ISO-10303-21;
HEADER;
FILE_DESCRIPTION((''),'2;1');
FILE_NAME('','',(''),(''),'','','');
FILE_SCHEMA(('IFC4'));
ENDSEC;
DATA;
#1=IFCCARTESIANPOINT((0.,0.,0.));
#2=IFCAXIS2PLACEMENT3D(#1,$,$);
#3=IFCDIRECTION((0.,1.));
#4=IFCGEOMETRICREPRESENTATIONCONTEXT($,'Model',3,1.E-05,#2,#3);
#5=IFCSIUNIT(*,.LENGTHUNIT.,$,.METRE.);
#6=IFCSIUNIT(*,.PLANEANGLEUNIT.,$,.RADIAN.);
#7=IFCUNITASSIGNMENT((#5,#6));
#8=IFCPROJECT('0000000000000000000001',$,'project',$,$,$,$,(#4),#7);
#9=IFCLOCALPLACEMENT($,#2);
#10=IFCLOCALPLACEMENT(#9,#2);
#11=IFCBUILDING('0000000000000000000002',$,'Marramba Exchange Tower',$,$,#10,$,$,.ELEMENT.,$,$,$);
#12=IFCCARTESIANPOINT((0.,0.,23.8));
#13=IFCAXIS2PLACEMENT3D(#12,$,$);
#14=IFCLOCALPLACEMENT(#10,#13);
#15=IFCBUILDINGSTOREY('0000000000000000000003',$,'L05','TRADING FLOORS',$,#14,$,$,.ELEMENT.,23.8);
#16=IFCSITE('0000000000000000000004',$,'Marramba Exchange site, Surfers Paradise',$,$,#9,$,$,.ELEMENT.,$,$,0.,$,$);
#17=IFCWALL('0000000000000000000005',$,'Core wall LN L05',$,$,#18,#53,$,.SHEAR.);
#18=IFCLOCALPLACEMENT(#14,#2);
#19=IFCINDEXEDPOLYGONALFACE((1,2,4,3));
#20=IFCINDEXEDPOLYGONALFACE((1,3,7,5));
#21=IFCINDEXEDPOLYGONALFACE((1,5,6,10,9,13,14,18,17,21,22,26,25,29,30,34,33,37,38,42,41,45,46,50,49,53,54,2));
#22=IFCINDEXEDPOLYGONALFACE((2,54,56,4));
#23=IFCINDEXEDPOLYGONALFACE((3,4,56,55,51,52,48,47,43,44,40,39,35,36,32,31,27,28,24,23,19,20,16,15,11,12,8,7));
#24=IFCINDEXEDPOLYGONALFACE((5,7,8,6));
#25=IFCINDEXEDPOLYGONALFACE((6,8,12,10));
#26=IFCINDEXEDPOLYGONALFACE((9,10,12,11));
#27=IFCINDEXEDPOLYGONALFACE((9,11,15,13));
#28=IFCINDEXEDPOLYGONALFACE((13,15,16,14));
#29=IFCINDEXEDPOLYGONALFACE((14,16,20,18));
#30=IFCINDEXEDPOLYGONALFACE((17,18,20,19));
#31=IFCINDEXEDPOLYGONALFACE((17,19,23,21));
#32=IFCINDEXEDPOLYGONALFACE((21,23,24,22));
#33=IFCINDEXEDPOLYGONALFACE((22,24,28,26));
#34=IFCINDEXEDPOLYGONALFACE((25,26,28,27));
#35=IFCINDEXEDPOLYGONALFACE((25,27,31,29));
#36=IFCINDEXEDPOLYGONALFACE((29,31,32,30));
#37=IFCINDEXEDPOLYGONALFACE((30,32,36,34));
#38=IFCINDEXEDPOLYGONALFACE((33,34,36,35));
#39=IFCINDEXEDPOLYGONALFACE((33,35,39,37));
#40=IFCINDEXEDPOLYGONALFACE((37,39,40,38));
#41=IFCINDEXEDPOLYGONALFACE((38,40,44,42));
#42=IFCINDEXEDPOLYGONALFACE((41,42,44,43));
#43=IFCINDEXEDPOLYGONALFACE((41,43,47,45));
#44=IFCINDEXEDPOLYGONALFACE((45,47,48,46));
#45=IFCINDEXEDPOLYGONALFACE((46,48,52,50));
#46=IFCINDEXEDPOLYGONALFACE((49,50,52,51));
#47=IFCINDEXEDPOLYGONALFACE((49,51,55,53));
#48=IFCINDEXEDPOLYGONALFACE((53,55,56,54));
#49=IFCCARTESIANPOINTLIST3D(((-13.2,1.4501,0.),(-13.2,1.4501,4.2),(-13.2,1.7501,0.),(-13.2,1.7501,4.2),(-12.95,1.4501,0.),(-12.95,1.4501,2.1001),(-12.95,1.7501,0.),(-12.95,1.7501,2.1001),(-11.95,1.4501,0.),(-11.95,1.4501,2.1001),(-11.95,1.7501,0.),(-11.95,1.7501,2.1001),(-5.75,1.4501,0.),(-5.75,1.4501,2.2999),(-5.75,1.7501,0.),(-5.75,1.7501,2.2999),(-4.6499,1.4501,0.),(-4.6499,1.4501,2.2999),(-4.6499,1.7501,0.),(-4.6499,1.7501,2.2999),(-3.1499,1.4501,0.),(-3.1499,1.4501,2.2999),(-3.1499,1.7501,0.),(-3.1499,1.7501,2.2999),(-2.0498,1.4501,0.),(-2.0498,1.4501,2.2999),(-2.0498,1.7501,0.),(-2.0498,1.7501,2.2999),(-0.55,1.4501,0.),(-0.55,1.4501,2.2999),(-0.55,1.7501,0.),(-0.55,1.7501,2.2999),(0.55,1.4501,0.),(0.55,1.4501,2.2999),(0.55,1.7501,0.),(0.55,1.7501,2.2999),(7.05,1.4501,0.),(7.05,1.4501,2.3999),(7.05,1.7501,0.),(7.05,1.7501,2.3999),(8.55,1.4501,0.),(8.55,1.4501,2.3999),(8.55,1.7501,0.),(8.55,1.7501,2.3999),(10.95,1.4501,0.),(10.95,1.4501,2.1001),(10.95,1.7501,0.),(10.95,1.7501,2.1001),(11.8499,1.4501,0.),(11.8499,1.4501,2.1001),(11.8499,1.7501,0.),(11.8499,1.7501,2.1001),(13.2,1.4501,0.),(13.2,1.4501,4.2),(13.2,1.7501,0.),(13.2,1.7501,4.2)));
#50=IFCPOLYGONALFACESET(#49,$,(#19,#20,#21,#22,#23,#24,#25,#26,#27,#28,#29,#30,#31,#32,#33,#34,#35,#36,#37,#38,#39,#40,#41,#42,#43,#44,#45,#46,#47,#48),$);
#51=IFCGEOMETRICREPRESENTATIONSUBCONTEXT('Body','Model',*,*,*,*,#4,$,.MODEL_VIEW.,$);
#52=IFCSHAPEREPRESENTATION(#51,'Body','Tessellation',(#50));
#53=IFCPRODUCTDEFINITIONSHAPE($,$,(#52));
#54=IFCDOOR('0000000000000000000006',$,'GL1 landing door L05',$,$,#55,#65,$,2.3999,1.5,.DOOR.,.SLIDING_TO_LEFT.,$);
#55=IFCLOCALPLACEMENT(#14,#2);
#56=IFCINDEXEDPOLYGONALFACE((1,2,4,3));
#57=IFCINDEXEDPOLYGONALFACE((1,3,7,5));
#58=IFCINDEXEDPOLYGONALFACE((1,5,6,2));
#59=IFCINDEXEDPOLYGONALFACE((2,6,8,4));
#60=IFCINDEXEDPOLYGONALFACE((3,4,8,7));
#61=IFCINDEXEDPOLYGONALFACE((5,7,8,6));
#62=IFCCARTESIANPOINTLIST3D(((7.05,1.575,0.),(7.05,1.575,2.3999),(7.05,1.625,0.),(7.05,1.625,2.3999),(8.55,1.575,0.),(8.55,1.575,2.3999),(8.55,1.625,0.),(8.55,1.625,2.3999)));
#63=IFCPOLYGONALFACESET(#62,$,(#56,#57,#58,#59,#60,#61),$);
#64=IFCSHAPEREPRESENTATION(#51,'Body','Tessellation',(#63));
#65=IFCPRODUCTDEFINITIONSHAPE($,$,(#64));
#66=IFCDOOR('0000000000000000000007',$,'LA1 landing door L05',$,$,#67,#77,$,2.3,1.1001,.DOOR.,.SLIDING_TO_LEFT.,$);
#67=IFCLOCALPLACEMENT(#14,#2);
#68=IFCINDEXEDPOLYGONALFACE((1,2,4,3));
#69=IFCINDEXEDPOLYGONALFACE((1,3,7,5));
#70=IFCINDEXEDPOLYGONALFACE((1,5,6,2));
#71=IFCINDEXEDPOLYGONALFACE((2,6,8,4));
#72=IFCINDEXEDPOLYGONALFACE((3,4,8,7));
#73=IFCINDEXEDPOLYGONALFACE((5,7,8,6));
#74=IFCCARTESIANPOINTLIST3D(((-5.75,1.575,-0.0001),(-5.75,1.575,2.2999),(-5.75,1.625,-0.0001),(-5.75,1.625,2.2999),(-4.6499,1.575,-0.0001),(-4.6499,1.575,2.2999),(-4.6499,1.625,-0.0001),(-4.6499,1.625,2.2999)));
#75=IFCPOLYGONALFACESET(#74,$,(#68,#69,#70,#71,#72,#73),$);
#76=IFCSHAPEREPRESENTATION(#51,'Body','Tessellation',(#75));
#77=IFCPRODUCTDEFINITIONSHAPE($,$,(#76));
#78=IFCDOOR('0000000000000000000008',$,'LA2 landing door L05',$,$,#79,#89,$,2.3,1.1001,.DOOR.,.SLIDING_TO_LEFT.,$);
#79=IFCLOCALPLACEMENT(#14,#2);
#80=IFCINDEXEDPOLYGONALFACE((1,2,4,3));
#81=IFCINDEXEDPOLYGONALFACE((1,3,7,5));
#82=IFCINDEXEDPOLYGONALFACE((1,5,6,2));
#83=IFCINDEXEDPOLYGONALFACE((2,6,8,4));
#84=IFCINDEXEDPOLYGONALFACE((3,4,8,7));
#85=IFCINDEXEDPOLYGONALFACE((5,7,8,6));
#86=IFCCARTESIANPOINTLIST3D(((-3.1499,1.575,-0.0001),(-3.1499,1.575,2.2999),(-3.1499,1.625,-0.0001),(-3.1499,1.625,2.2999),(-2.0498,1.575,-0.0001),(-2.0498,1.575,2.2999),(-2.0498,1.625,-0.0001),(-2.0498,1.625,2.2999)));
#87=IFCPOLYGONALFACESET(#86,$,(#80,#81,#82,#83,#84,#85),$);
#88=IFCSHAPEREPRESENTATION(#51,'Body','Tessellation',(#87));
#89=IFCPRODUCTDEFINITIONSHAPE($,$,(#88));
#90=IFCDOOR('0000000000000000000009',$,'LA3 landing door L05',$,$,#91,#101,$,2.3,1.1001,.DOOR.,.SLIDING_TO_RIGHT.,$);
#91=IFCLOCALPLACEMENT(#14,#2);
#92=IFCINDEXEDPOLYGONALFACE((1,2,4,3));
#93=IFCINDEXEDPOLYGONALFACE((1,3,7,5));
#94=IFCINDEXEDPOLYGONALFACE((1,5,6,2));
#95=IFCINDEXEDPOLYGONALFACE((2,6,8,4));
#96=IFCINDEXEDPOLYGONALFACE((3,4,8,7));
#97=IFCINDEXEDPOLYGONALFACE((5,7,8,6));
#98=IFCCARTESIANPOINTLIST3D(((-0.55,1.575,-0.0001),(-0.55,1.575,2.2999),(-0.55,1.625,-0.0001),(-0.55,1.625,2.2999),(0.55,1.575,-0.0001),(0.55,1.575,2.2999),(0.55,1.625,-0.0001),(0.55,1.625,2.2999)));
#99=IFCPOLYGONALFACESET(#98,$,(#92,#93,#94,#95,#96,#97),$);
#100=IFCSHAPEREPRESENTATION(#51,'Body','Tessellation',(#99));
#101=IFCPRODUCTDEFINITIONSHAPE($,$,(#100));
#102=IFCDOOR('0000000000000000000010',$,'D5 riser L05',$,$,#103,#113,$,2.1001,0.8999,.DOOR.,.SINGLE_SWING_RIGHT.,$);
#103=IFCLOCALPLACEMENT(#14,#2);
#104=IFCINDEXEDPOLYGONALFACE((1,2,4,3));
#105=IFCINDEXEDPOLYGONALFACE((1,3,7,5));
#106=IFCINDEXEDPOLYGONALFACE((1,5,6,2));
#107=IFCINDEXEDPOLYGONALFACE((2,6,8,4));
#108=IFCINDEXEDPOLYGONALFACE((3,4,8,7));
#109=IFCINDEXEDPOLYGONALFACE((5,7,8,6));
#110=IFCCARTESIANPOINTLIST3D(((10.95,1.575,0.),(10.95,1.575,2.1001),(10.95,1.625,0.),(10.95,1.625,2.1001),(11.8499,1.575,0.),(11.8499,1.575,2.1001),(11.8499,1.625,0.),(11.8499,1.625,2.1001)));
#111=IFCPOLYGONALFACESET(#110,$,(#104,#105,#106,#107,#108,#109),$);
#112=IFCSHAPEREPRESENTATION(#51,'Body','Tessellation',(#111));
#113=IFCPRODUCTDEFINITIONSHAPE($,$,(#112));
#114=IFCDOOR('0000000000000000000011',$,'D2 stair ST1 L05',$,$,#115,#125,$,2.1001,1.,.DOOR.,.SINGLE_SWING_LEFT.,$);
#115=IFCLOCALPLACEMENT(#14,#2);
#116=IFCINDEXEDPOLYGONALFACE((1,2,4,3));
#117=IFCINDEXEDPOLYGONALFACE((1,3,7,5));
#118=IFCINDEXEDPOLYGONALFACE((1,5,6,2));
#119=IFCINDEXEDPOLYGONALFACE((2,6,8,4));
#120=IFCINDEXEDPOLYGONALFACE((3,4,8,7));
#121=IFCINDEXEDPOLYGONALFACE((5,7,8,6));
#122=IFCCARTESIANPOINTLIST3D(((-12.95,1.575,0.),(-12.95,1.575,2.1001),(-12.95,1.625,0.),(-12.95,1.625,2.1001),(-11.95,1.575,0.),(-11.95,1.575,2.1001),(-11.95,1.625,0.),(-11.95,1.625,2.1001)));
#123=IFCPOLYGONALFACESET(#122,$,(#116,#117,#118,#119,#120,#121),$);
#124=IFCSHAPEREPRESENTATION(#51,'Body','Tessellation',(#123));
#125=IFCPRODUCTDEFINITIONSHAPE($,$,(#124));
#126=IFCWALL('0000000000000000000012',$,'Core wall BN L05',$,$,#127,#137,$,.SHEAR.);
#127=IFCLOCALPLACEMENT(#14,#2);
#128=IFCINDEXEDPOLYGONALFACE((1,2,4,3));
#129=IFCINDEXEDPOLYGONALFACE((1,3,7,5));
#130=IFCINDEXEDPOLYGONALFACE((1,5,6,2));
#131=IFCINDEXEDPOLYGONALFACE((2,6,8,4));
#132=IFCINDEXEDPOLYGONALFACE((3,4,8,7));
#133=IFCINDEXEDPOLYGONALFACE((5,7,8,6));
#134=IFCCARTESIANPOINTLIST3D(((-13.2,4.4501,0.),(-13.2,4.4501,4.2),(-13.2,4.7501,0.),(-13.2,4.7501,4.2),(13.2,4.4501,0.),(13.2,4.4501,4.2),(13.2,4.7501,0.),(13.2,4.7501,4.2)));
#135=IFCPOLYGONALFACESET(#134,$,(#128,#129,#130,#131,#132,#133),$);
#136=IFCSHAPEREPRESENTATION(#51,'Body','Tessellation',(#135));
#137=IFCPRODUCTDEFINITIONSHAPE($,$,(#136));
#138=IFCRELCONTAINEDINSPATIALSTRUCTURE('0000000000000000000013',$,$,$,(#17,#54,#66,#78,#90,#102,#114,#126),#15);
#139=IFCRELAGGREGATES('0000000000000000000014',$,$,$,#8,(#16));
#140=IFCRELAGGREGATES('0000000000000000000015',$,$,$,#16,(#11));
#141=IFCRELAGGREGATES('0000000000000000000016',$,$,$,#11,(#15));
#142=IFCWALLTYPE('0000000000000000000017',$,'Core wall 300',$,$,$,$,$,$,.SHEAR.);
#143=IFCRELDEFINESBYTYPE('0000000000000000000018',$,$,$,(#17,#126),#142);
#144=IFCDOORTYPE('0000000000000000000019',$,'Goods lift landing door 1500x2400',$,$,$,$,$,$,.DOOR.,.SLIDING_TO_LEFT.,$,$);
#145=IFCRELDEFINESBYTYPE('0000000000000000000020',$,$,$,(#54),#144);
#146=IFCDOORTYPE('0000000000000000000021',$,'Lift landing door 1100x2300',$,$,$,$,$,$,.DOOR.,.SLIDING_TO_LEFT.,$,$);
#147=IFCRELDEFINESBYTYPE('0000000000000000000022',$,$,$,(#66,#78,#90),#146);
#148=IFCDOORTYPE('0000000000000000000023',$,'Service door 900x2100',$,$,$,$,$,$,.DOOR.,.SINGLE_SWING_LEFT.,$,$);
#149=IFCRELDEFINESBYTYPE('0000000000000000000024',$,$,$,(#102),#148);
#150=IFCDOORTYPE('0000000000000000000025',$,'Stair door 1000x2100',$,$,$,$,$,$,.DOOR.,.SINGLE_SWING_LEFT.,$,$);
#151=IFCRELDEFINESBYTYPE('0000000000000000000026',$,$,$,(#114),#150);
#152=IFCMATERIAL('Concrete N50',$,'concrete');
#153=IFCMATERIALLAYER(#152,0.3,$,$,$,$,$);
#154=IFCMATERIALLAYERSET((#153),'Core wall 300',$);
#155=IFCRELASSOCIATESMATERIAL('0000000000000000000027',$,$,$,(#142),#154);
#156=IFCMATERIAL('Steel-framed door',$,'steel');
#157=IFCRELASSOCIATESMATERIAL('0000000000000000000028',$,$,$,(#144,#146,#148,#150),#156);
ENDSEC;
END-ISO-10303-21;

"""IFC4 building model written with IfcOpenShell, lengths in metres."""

from ifc_helpers import new_model, si_unit, direction, frame, frame_2d, origin, place, context, subcontext, project, spatial, rectangle, extrude, material, layer, layer_set, type_object, element, fill, save


model = new_model("IFC4")

# Units and contexts
model_context = context("Model", 3, precision=1e-05, world=origin(), true_north=direction((0.0, 1.0)))
body_context = subcontext(model_context, "Body", "Model", "MODEL_VIEW")
ifc_project = project(units=[si_unit("LENGTHUNIT", "METRE"), si_unit("PLANEANGLEUNIT", "RADIAN")], contexts=[model_context])

# Site, building, storey
site_placement = place(None, origin())
site = spatial("IfcSite", under=ifc_project, at=site_placement, Name="Marramba Exchange site, Surfers Paradise", CompositionType="ELEMENT", RefElevation=0.0)
building_placement = place(site_placement, origin())
building = spatial("IfcBuilding", under=site, at=building_placement, Name="Marramba Exchange Tower", CompositionType="ELEMENT")
storey_placement = place(building_placement, frame((0.0, 0.0, 23.8)))
storey = spatial("IfcBuildingStorey", under=building, at=storey_placement, Name="L05", Description="TRADING FLOORS", CompositionType="ELEMENT", Elevation=23.8)

# Shared definitions
ifc_material_1 = material(Name="Concrete N50", Category="concrete")

# Shared definitions
ifc_material_2 = material(Name="Steel-framed door", Category="steel")

# Wall, openings, doors
ifc_layer_1 = layer(ifc_material_1, 0.3)
ifc_layer_set_1 = layer_set([ifc_layer_1], Name="Core wall 300")
wall_type_1 = type_object("IfcWallType", Name="Core wall 300", PredefinedType="SHEAR", material=ifc_layer_set_1)
wall_1_placement = place(storey_placement, frame((-13.2, 1.6001, 0.0), z_axis=(0.0, 0.0, 1.0), x_axis=(1.0, 0.0, 0.0)))
wall_1 = element("IfcWall", 1, at=wall_1_placement, inside=storey, type_object=wall_type_1, Name="Core wall LN L05", PredefinedType="SHEAR", context=body_context, shape_type="SweptSolid", body=[
    extrude(rectangle(XDim=26.3999, YDim=0.3, at=frame_2d((13.2, 0.0))), origin(), (0.0, 0.0, 1.0), 4.2),
])
opening_1_placement = place(wall_1_placement, frame((0.25, 0.0, 0.0)))
opening_1 = element("IfcOpeningElement", 2, at=opening_1_placement, cuts=wall_1, PredefinedType="OPENING", context=body_context, shape_type="SweptSolid", body=[
    extrude(rectangle(XDim=1.0, YDim=2.1001, at=frame_2d((0.5, 1.05))), frame((0.0, 0.1599, 0.0), z_axis=(0.0, -1.0, 0.0), x_axis=(1.0, 0.0, 0.0)), (0.0, 0.0, 1.0), 0.3201),
])
opening_2_placement = place(wall_1_placement, frame((20.25, 0.0, 0.0)))
opening_2 = element("IfcOpeningElement", 3, at=opening_2_placement, cuts=wall_1, PredefinedType="OPENING", context=body_context, shape_type="SweptSolid", body=[
    extrude(rectangle(XDim=1.5, YDim=2.3999, at=frame_2d((0.75, 1.2))), frame((0.0, 0.1599, 0.0), z_axis=(0.0, -1.0, 0.0), x_axis=(1.0, 0.0, 0.0)), (0.0, 0.0, 1.0), 0.3201),
])
opening_3_placement = place(wall_1_placement, frame((7.45, 0.0, 0.0)))
opening_3 = element("IfcOpeningElement", 4, at=opening_3_placement, cuts=wall_1, PredefinedType="OPENING", context=body_context, shape_type="SweptSolid", body=[
    extrude(rectangle(XDim=1.1001, YDim=2.3, at=frame_2d((0.55, 1.1499))), frame((0.0, 0.1599, 0.0), z_axis=(0.0, -1.0, 0.0), x_axis=(1.0, 0.0, 0.0)), (0.0, 0.0, 1.0), 0.3201),
])
opening_4_placement = place(wall_1_placement, frame((10.05, 0.0, 0.0)))
opening_4 = element("IfcOpeningElement", 5, at=opening_4_placement, cuts=wall_1, PredefinedType="OPENING", context=body_context, shape_type="SweptSolid", body=[
    extrude(rectangle(XDim=1.1001, YDim=2.3, at=frame_2d((0.55, 1.1499))), frame((0.0, 0.1599, 0.0), z_axis=(0.0, -1.0, 0.0), x_axis=(1.0, 0.0, 0.0)), (0.0, 0.0, 1.0), 0.3201),
])
opening_5_placement = place(wall_1_placement, frame((12.6499, 0.0, 0.0)))
opening_5 = element("IfcOpeningElement", 6, at=opening_5_placement, cuts=wall_1, PredefinedType="OPENING", context=body_context, shape_type="SweptSolid", body=[
    extrude(rectangle(XDim=1.1001, YDim=2.3, at=frame_2d((0.55, 1.1499))), frame((0.0, 0.1599, 0.0), z_axis=(0.0, -1.0, 0.0), x_axis=(1.0, 0.0, 0.0)), (0.0, 0.0, 1.0), 0.3201),
])
opening_6_placement = place(wall_1_placement, frame((24.1499, 0.0, 0.0)))
opening_6 = element("IfcOpeningElement", 7, at=opening_6_placement, cuts=wall_1, PredefinedType="OPENING", context=body_context, shape_type="SweptSolid", body=[
    extrude(rectangle(XDim=0.8999, YDim=2.1001, at=frame_2d((0.45, 1.05))), frame((0.0, 0.1599, 0.0), z_axis=(0.0, -1.0, 0.0), x_axis=(1.0, 0.0, 0.0)), (0.0, 0.0, 1.0), 0.3201),
])
door_type_1 = type_object("IfcDoorType", Name="Goods lift landing door 1500x2400", OperationType="SLIDING_TO_LEFT", PredefinedType="DOOR", material=ifc_material_2)
door_1_placement = place(opening_2_placement, origin())
door_1 = element("IfcDoor", 8, at=door_1_placement, inside=storey, type_object=door_type_1, Name="GL1 landing door L05", OperationType="SLIDING_TO_LEFT", OverallHeight=2.3999, OverallWidth=1.5, PredefinedType="DOOR", context=body_context, shape_type="SweptSolid", body=[
    extrude(rectangle(XDim=1.5, YDim=2.3999, at=frame_2d((0.75, 1.2))), frame((0.0, 0.0249, 0.0), z_axis=(0.0, -1.0, 0.0), x_axis=(1.0, 0.0, 0.0)), (0.0, 0.0, 1.0), 0.05),
])
fill(opening_2, door_1)
door_type_2 = type_object("IfcDoorType", Name="Lift landing door 1100x2300", OperationType="SLIDING_TO_LEFT", PredefinedType="DOOR", material=ifc_material_2)
door_2_placement = place(opening_3_placement, origin())
door_2 = element("IfcDoor", 9, at=door_2_placement, inside=storey, type_object=door_type_2, Name="LA1 landing door L05", OperationType="SLIDING_TO_LEFT", OverallHeight=2.3, OverallWidth=1.1001, PredefinedType="DOOR", context=body_context, shape_type="SweptSolid", body=[
    extrude(rectangle(XDim=1.1001, YDim=2.3, at=frame_2d((0.55, 1.1499))), frame((0.0, 0.0249, 0.0), z_axis=(0.0, -1.0, 0.0), x_axis=(1.0, 0.0, 0.0)), (0.0, 0.0, 1.0), 0.05),
])
fill(opening_3, door_2)
door_3_placement = place(opening_4_placement, origin())
door_3 = element("IfcDoor", 10, at=door_3_placement, inside=storey, type_object=door_type_2, Name="LA2 landing door L05", OperationType="SLIDING_TO_LEFT", OverallHeight=2.3, OverallWidth=1.1001, PredefinedType="DOOR", context=body_context, shape_type="SweptSolid", body=[
    extrude(rectangle(XDim=1.1001, YDim=2.3, at=frame_2d((0.55, 1.1499))), frame((0.0, 0.0249, 0.0), z_axis=(0.0, -1.0, 0.0), x_axis=(1.0, 0.0, 0.0)), (0.0, 0.0, 1.0), 0.05),
])
fill(opening_4, door_3)
door_4_placement = place(opening_5_placement, origin())
door_4 = element("IfcDoor", 11, at=door_4_placement, inside=storey, type_object=door_type_2, Name="LA3 landing door L05", OperationType="SLIDING_TO_RIGHT", OverallHeight=2.3, OverallWidth=1.1001, PredefinedType="DOOR", context=body_context, shape_type="SweptSolid", body=[
    extrude(rectangle(XDim=1.1001, YDim=2.3, at=frame_2d((0.55, 1.1499))), frame((0.0, 0.0249, 0.0), z_axis=(0.0, -1.0, 0.0), x_axis=(1.0, 0.0, 0.0)), (0.0, 0.0, 1.0), 0.05),
])
fill(opening_5, door_4)
door_type_3 = type_object("IfcDoorType", Name="Service door 900x2100", OperationType="SINGLE_SWING_LEFT", PredefinedType="DOOR", material=ifc_material_2)
door_5_placement = place(opening_6_placement, origin())
door_5 = element("IfcDoor", 12, at=door_5_placement, inside=storey, type_object=door_type_3, Name="D5 riser L05", OperationType="SINGLE_SWING_RIGHT", OverallHeight=2.1001, OverallWidth=0.8999, PredefinedType="DOOR", context=body_context, shape_type="SweptSolid", body=[
    extrude(rectangle(XDim=0.8999, YDim=2.1001, at=frame_2d((0.45, 1.05))), frame((0.0, 0.0249, 0.0), z_axis=(0.0, -1.0, 0.0), x_axis=(1.0, 0.0, 0.0)), (0.0, 0.0, 1.0), 0.05),
])
fill(opening_6, door_5)
door_type_4 = type_object("IfcDoorType", Name="Stair door 1000x2100", OperationType="SINGLE_SWING_LEFT", PredefinedType="DOOR", material=ifc_material_2)
door_6_placement = place(opening_1_placement, origin())
door_6 = element("IfcDoor", 13, at=door_6_placement, inside=storey, type_object=door_type_4, Name="D2 stair ST1 L05", OperationType="SINGLE_SWING_LEFT", OverallHeight=2.1001, OverallWidth=1.0, PredefinedType="DOOR", context=body_context, shape_type="SweptSolid", body=[
    extrude(rectangle(XDim=1.0, YDim=2.1001, at=frame_2d((0.5, 1.05))), frame((0.0, 0.0249, 0.0), z_axis=(0.0, -1.0, 0.0), x_axis=(1.0, 0.0, 0.0)), (0.0, 0.0, 1.0), 0.05),
])
fill(opening_1, door_6)

# Wall
wall_2_placement = place(storey_placement, frame((-13.2, 4.6001, 0.0), z_axis=(0.0, 0.0, 1.0), x_axis=(1.0, 0.0, 0.0)))
element("IfcWall", 14, at=wall_2_placement, inside=storey, type_object=wall_type_1, Name="Core wall BN L05", PredefinedType="SHEAR", context=body_context, shape_type="SweptSolid", body=[
    extrude(rectangle(XDim=26.3999, YDim=0.3, at=frame_2d((13.2, 0.0))), origin(), (0.0, 0.0, 1.0), 4.2),
])

save(model, "model.ifc")
